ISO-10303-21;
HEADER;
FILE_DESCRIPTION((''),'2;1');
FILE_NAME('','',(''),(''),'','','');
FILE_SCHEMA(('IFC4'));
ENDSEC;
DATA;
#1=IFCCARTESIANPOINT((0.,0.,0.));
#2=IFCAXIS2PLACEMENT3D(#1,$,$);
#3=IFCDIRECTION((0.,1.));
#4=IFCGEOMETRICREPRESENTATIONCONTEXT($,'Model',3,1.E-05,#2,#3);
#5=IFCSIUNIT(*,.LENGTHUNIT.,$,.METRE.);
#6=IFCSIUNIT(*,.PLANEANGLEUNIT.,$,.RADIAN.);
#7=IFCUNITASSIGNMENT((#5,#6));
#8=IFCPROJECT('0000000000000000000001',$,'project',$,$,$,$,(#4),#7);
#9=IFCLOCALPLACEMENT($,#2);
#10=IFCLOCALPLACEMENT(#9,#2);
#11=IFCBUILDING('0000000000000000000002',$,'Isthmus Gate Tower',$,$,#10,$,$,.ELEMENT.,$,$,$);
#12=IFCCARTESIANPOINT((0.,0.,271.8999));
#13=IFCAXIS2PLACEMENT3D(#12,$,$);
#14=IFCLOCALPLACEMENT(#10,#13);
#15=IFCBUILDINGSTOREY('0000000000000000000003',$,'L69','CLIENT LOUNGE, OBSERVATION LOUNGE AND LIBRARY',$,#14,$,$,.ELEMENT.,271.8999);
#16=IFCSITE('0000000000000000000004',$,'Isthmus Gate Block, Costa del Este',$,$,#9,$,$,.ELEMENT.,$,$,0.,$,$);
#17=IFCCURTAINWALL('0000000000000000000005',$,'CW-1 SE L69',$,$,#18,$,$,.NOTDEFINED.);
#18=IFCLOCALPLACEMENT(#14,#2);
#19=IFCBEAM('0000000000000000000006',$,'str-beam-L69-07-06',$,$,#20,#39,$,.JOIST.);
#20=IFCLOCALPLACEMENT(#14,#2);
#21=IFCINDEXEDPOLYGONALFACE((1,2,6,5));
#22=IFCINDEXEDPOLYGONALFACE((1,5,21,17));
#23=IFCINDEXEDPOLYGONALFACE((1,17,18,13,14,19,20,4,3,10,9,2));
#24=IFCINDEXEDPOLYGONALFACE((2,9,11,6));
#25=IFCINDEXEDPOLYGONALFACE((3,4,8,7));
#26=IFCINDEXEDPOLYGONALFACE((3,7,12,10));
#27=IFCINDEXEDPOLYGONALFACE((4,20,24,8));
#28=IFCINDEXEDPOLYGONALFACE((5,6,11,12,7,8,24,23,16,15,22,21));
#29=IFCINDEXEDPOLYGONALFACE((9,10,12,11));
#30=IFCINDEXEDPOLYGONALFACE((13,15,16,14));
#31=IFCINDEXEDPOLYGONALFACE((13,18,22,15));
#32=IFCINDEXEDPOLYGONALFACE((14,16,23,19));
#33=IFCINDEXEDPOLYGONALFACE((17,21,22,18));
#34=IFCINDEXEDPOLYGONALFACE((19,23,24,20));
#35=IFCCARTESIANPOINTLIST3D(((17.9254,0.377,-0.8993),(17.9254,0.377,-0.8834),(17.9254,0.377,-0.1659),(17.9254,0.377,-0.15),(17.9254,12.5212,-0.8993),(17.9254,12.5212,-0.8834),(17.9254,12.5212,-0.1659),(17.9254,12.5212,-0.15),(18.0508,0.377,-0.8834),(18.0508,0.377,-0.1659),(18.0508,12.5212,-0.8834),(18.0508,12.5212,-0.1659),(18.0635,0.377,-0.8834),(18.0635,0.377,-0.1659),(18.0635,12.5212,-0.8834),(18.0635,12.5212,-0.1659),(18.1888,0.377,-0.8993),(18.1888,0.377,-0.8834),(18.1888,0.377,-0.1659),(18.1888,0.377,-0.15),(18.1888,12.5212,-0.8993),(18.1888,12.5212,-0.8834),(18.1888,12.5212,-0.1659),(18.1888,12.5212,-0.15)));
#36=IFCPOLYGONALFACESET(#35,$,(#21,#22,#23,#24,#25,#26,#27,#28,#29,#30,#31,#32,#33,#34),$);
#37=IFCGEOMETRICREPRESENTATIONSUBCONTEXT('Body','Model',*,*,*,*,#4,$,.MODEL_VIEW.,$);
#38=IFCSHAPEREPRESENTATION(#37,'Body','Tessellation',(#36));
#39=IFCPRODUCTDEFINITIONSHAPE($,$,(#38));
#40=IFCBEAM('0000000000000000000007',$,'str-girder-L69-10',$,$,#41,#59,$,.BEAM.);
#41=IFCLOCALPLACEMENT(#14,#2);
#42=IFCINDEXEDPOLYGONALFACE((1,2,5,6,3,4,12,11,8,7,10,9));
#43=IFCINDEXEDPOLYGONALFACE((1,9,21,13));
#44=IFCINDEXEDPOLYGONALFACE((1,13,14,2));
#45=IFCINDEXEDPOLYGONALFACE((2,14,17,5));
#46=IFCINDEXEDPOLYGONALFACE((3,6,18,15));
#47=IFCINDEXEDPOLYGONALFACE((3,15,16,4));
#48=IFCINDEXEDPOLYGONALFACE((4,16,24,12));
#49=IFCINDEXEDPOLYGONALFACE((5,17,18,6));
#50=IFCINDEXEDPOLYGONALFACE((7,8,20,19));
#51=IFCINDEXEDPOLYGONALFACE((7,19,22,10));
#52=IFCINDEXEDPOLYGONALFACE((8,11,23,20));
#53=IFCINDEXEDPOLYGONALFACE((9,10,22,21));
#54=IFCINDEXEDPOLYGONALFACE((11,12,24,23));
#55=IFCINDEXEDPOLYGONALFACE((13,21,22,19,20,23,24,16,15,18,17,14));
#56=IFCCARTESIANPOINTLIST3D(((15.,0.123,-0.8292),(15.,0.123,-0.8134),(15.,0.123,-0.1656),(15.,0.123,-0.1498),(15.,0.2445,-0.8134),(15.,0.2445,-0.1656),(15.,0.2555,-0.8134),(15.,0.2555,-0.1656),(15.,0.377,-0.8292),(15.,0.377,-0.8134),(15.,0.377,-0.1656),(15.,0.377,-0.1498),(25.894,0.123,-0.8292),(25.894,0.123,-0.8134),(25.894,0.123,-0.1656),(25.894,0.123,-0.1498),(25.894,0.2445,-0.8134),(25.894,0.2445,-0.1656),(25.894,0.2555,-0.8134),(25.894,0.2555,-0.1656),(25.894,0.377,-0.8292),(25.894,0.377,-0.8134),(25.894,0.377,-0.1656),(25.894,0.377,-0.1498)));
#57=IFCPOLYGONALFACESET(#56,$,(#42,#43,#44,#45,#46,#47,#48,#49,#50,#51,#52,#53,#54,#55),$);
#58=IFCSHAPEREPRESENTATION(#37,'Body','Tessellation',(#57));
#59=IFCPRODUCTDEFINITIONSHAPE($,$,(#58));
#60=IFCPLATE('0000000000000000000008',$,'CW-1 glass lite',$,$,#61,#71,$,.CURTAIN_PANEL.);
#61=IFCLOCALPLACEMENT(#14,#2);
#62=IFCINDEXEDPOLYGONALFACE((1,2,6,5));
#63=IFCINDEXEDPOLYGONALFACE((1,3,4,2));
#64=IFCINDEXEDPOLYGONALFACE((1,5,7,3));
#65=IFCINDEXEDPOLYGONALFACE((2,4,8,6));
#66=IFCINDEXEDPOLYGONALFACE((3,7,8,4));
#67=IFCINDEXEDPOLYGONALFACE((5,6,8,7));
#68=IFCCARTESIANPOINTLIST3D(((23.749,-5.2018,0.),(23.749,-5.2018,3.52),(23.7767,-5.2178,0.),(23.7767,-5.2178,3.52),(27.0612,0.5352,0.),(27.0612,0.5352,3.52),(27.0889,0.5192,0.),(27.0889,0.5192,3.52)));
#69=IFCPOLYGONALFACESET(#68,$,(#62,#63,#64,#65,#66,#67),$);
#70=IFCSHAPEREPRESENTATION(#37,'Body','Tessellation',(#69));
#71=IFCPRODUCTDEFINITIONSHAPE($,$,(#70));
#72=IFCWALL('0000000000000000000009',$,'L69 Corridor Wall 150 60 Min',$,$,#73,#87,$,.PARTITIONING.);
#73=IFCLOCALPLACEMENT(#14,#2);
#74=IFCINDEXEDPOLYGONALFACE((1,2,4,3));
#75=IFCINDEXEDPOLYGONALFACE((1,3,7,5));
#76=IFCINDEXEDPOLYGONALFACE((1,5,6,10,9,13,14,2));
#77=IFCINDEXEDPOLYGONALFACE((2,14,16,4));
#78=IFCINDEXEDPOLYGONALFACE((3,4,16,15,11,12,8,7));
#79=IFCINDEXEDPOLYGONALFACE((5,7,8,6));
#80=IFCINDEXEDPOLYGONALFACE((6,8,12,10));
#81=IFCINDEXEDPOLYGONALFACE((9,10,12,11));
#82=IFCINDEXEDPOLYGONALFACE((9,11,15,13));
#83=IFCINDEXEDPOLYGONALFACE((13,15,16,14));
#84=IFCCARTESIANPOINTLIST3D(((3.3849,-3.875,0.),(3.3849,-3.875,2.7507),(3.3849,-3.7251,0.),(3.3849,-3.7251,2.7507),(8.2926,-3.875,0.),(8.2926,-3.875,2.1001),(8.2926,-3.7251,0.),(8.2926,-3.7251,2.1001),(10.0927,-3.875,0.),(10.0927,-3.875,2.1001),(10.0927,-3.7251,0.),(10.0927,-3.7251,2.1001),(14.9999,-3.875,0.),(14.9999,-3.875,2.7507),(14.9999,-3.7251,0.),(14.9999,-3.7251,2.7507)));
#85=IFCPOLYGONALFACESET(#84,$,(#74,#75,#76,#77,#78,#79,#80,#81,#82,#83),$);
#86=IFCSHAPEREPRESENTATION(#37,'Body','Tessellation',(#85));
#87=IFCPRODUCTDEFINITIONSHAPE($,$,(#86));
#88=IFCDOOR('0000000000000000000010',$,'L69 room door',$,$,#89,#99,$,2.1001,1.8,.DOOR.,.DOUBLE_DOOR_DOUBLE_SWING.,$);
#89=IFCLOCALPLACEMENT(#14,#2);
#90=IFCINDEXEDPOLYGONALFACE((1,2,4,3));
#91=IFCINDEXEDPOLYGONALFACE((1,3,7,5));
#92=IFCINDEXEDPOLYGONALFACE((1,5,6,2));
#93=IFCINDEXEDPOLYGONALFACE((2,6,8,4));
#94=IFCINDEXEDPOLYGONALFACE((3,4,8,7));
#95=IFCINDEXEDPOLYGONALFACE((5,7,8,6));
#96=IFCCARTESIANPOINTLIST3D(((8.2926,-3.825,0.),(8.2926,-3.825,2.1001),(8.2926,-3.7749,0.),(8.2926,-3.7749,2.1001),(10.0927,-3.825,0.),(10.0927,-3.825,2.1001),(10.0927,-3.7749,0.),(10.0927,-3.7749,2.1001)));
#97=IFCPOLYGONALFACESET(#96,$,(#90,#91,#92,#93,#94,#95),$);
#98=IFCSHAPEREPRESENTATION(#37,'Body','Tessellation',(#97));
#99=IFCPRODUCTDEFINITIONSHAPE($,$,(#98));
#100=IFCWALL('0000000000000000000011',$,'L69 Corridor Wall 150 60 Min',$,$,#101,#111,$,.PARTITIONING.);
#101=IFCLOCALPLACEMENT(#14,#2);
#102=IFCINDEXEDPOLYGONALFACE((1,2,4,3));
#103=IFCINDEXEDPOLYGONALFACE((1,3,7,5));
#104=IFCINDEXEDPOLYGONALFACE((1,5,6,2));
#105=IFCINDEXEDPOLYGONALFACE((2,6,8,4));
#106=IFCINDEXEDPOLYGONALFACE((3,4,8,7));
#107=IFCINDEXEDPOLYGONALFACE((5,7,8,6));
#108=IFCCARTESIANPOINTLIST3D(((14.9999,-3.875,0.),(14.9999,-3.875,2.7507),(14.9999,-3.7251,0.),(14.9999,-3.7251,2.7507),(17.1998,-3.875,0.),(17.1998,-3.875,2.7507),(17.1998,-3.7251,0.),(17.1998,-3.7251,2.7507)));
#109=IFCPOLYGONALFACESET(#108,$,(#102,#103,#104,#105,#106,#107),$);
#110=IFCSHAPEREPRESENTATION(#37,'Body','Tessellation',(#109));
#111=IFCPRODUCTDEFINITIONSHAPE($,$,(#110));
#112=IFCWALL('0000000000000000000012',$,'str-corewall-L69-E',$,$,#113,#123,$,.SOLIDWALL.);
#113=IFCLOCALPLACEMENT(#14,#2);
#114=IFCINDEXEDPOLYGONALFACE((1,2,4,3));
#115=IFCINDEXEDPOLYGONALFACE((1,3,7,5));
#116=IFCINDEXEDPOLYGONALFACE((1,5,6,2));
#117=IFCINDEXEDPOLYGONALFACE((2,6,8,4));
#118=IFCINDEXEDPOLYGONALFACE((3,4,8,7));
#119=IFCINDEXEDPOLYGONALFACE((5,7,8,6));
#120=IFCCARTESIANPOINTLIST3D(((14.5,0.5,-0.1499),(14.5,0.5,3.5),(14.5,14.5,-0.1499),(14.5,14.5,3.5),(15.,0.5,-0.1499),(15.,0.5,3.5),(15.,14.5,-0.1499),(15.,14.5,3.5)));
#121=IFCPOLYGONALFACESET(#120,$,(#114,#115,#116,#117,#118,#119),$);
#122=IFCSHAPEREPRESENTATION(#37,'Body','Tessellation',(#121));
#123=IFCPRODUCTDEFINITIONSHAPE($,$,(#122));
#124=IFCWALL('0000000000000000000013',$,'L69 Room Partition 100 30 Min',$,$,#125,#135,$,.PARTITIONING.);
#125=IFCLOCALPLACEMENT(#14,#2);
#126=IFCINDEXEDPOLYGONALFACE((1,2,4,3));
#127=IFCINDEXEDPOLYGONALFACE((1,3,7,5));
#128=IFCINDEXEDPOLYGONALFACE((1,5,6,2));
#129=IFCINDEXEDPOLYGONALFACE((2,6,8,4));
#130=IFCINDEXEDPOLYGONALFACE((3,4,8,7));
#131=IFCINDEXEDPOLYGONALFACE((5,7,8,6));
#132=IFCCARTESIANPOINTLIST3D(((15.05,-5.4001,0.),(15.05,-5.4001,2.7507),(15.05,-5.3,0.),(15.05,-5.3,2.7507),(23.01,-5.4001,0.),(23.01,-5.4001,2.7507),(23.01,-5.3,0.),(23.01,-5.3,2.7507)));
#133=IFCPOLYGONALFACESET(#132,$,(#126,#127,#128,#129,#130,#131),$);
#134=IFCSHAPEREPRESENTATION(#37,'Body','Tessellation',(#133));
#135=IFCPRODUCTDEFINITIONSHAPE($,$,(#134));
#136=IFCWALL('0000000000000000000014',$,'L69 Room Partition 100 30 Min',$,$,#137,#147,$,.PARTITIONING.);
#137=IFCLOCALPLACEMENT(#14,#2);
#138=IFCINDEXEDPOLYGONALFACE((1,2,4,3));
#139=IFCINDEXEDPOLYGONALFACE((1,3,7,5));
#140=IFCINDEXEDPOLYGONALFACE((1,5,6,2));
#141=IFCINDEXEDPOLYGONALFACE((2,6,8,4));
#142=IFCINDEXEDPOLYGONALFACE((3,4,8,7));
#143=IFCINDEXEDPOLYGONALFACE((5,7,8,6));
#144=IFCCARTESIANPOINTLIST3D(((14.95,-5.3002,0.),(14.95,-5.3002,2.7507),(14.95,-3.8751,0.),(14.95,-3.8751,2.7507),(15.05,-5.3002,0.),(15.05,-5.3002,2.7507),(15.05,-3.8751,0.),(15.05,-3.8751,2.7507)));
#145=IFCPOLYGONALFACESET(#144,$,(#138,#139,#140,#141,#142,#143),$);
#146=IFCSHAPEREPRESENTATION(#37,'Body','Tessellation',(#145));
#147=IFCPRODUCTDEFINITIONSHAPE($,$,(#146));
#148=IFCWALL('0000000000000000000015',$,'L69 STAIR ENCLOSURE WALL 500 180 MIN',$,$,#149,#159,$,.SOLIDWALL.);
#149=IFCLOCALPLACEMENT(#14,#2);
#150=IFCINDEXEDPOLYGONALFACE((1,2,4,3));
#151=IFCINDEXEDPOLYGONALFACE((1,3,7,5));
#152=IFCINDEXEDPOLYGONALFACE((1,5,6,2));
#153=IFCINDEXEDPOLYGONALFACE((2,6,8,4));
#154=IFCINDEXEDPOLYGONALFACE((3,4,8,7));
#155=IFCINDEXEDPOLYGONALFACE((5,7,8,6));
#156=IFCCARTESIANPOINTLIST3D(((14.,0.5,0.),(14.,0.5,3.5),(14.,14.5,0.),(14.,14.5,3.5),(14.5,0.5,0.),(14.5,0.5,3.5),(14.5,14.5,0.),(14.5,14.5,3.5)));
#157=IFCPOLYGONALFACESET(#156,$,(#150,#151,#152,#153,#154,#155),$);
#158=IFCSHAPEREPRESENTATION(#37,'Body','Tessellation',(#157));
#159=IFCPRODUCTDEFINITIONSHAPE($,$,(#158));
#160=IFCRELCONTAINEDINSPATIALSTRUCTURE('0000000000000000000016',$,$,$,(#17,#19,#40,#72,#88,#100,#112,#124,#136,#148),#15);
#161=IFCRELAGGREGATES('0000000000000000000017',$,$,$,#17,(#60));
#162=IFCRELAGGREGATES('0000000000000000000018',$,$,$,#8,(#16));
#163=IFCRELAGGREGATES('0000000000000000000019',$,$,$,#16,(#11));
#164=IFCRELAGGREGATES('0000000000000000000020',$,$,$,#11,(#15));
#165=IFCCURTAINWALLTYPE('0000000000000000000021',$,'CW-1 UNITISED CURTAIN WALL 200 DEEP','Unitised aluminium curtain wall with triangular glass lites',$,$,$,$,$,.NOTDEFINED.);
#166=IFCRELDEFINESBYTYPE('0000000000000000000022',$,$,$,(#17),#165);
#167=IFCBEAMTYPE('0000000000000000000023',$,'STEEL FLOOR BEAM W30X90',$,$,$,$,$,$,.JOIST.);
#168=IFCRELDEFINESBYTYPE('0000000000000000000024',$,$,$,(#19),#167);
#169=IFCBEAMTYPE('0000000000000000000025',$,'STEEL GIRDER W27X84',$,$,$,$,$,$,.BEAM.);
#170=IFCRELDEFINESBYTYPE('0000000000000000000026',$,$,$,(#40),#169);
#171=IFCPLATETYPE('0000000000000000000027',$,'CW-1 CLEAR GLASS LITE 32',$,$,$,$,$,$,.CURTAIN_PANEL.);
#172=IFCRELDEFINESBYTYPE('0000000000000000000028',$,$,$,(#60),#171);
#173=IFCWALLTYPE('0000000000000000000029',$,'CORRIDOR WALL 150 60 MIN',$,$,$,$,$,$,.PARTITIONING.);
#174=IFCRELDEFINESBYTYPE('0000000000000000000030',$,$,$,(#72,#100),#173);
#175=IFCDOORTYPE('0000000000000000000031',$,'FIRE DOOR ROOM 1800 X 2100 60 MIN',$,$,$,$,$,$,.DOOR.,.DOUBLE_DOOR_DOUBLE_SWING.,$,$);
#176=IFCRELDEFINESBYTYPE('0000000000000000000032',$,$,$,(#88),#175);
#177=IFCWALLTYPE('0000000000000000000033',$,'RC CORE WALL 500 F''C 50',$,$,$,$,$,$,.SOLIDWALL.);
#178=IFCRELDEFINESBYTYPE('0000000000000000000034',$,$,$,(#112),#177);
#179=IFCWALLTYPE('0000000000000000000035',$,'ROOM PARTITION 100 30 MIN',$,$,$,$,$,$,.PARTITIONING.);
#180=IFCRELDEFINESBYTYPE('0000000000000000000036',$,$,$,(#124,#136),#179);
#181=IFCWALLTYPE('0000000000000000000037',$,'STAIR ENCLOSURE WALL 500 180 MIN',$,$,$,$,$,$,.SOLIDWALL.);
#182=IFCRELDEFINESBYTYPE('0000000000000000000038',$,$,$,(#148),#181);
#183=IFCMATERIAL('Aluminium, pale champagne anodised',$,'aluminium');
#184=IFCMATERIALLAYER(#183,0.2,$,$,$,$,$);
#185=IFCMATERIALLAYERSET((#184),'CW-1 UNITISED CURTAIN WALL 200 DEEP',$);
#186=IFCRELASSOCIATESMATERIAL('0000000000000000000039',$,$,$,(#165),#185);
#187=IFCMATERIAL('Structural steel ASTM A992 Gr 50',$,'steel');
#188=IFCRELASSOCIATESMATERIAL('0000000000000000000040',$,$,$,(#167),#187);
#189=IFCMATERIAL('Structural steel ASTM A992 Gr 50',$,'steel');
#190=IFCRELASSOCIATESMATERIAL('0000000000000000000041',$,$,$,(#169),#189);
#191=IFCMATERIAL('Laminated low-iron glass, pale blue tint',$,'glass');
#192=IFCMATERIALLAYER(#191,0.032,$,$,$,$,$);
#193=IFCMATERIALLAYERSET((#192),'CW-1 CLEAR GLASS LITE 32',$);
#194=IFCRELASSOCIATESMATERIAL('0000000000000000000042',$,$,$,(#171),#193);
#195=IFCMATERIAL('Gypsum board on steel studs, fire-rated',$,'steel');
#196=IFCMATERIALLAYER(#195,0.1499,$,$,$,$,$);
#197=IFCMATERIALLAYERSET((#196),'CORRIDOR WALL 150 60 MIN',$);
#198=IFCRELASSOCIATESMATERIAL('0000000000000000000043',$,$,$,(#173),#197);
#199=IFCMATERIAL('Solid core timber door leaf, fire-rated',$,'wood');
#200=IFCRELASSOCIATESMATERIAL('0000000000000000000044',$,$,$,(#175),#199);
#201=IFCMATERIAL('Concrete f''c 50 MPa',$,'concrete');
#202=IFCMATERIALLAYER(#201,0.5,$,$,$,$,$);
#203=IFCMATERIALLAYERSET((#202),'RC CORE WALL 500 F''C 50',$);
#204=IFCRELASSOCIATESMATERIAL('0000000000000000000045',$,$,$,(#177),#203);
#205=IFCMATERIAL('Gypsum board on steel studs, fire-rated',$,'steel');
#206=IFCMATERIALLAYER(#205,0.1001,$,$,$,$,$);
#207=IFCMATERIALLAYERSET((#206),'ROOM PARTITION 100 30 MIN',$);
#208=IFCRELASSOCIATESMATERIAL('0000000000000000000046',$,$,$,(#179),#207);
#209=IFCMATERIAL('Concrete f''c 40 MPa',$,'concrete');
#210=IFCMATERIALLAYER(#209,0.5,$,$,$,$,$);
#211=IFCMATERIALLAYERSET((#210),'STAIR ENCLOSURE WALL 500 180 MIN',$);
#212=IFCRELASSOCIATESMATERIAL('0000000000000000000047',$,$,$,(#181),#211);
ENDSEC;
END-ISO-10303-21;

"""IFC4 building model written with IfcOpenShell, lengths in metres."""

from ifc_helpers import new_model, si_unit, direction, frame, frame_2d, origin, origin_2d, place, context, subcontext, project, spatial, rectangle, i_section, extrude, material, layer, layer_set, material_profile, profile_set, type_object, element, fill, aggregate, save


model = new_model("IFC4")

# Units and contexts
model_context = context("Model", 3, precision=1e-05, world=origin(), true_north=direction((0.0, 1.0)))
body_context = subcontext(model_context, "Body", "Model", "MODEL_VIEW")
ifc_project = project(units=[si_unit("LENGTHUNIT", "METRE"), si_unit("PLANEANGLEUNIT", "RADIAN")], contexts=[model_context])

# Site, building, storey
site_placement = place(None, origin())
site = spatial("IfcSite", under=ifc_project, at=site_placement, Name="Isthmus Gate Block, Costa del Este", CompositionType="ELEMENT", RefElevation=0.0)
building_placement = place(site_placement, origin())
building = spatial("IfcBuilding", under=site, at=building_placement, Name="Isthmus Gate Tower", CompositionType="ELEMENT")
storey_placement = place(building_placement, frame((0.0, 0.0, 271.8999)))
storey = spatial("IfcBuildingStorey", under=building, at=storey_placement, Name="L69", Description="CLIENT LOUNGE, OBSERVATION LOUNGE AND LIBRARY", CompositionType="ELEMENT", Elevation=271.8999)

# Curtain wall
ifc_material_1 = material(Name="Aluminium, pale champagne anodised", Category="aluminium")
ifc_layer_1 = layer(ifc_material_1, 0.2)
ifc_layer_set_1 = layer_set([ifc_layer_1], Name="CW-1 UNITISED CURTAIN WALL 200 DEEP")
curtain_wall_type = type_object("IfcCurtainWallType", Name="CW-1 UNITISED CURTAIN WALL 200 DEEP", Description="Unitised aluminium curtain wall with triangular glass lites", PredefinedType="NOTDEFINED", material=ifc_layer_set_1)
curtain_wall_1_placement = place(storey_placement, origin())
curtain_wall_1 = element("IfcCurtainWall", 1, at=curtain_wall_1_placement, inside=storey, type_object=curtain_wall_type, Name="CW-1 SE L69", PredefinedType="NOTDEFINED")

# Beams
ifc_material_2 = material(Name="Structural steel ASTM A992 Gr 50", Category="steel")
ifc_material_profile_1 = material_profile(ifc_material_2, i_section(OverallWidth=0.2634, OverallDepth=0.7493, WebThickness=0.0127, FlangeThickness=0.0159, at=origin_2d()), Name="W30X90")
ifc_profile_set_1 = profile_set([ifc_material_profile_1], Name="Structural steel ASTM A992 Gr 50")
beam_type_1 = type_object("IfcBeamType", Name="STEEL FLOOR BEAM W30X90", PredefinedType="JOIST", material=ifc_profile_set_1)
beam_1_placement = place(storey_placement, frame((18.0571, 0.377, -0.5247), z_axis=(0.0, 1.0, 0.0), x_axis=(-1.0, 0.0, 0.0)))
element("IfcBeam", 2, at=beam_1_placement, inside=storey, type_object=beam_type_1, Name="str-beam-L69-07-06", PredefinedType="JOIST", context=body_context, shape_type="SweptSolid", body=[
    extrude(i_section(OverallWidth=0.2634, OverallDepth=0.7493, WebThickness=0.0127, FlangeThickness=0.0159, at=origin_2d()), origin(), (0.0, 0.0, 1.0), 12.1443),
])
ifc_material_3 = material(Name="Structural steel ASTM A992 Gr 50", Category="steel")
ifc_material_profile_2 = material_profile(ifc_material_3, i_section(OverallWidth=0.2539, OverallDepth=0.6794, WebThickness=0.011, FlangeThickness=0.0159, at=origin_2d()), Name="W27X84")
ifc_profile_set_2 = profile_set([ifc_material_profile_2], Name="Structural steel ASTM A992 Gr 50")
beam_type_2 = type_object("IfcBeamType", Name="STEEL GIRDER W27X84", PredefinedType="BEAM", material=ifc_profile_set_2)
beam_2_placement = place(storey_placement, frame((15.0, 0.25, -0.4895), z_axis=(1.0, 0.0, 0.0), x_axis=(0.0, 1.0, 0.0)))
element("IfcBeam", 3, at=beam_2_placement, inside=storey, type_object=beam_type_2, Name="str-girder-L69-10", PredefinedType="BEAM", context=body_context, shape_type="SweptSolid", body=[
    extrude(i_section(OverallWidth=0.2539, OverallDepth=0.6794, WebThickness=0.011, FlangeThickness=0.0159, at=origin_2d()), origin(), (0.0, 0.0, 1.0), 10.894),
])

# Plate
ifc_material_4 = material(Name="Laminated low-iron glass, pale blue tint", Category="glass")
ifc_layer_2 = layer(ifc_material_4, 0.032)
ifc_layer_set_2 = layer_set([ifc_layer_2], Name="CW-1 CLEAR GLASS LITE 32")
plate_type = type_object("IfcPlateType", Name="CW-1 CLEAR GLASS LITE 32", PredefinedType="CURTAIN_PANEL", material=ifc_layer_set_2)
plate_placement = place(storey_placement, frame((25.4189, -2.3413, 0.0), z_axis=(0.0, 0.0, 1.0), x_axis=(0.5, 0.866025, 0.0)))
plate = element("IfcPlate", 4, at=plate_placement, type_object=plate_type, Name="CW-1 glass lite", PredefinedType="CURTAIN_PANEL", context=body_context, shape_type="SweptSolid", body=[
    extrude(rectangle(XDim=6.6245, YDim=0.032, at=origin_2d()), origin(), (0.0, 0.0, 1.0), 3.52),
])
aggregate(curtain_wall_1, [plate])

# Wall, opening, door
ifc_material_5 = material(Name="Gypsum board on steel studs, fire-rated", Category="steel")
ifc_layer_3 = layer(ifc_material_5, 0.1499)
ifc_layer_set_3 = layer_set([ifc_layer_3], Name="CORRIDOR WALL 150 60 MIN")
wall_type_1 = type_object("IfcWallType", Name="CORRIDOR WALL 150 60 MIN", PredefinedType="PARTITIONING", material=ifc_layer_set_3)
wall_1_placement = place(storey_placement, frame((15.0, -3.8, 0.0), z_axis=(0.0, 0.0, 1.0), x_axis=(-1.0, 0.0, 0.0)))
wall_1 = element("IfcWall", 5, at=wall_1_placement, inside=storey, type_object=wall_type_1, Name="L69 Corridor Wall 150 60 Min", PredefinedType="PARTITIONING", context=body_context, shape_type="SweptSolid", body=[
    extrude(rectangle(XDim=11.615, YDim=0.1499, at=frame_2d((5.8076, 0.0))), origin(), (0.0, 0.0, 1.0), 2.7507),
])
opening_placement = place(wall_1_placement, frame((4.9075, 0.0, 0.0)))
opening = element("IfcOpeningElement", 6, at=opening_placement, cuts=wall_1, PredefinedType="OPENING", context=body_context, shape_type="SweptSolid", body=[
    extrude(rectangle(XDim=1.8, YDim=2.1001, at=frame_2d((0.8999, 1.05))), frame((0.0, 0.085, 0.0), z_axis=(0.0, -1.0, 0.0), x_axis=(1.0, 0.0, 0.0)), (0.0, 0.0, 1.0), 0.1699),
])
ifc_material_6 = material(Name="Solid core timber door leaf, fire-rated", Category="wood")
door_type = type_object("IfcDoorType", Name="FIRE DOOR ROOM 1800 X 2100 60 MIN", OperationType="DOUBLE_DOOR_DOUBLE_SWING", PredefinedType="DOOR", material=ifc_material_6)
door_placement = place(opening_placement, origin())
door = element("IfcDoor", 7, at=door_placement, inside=storey, type_object=door_type, Name="L69 room door", OperationType="DOUBLE_DOOR_DOUBLE_SWING", OverallHeight=2.1001, OverallWidth=1.8, PredefinedType="DOOR", context=body_context, shape_type="SweptSolid", body=[
    extrude(rectangle(XDim=1.8, YDim=2.1001, at=frame_2d((0.8999, 1.05))), frame((0.0, 0.0249, 0.0), z_axis=(0.0, -1.0, 0.0), x_axis=(1.0, 0.0, 0.0)), (0.0, 0.0, 1.0), 0.05),
])
fill(opening, door)

# Walls
wall_2_placement = place(storey_placement, frame((17.2, -3.8, 0.0), z_axis=(0.0, 0.0, 1.0), x_axis=(-1.0, 0.0, 0.0)))
element("IfcWall", 8, at=wall_2_placement, inside=storey, type_object=wall_type_1, Name="L69 Corridor Wall 150 60 Min", PredefinedType="PARTITIONING", context=body_context, shape_type="SweptSolid", body=[
    extrude(rectangle(XDim=2.2, YDim=0.1499, at=frame_2d((1.1001, 0.0))), origin(), (0.0, 0.0, 1.0), 2.7507),
])
ifc_material_7 = material(Name="Concrete f'c 50 MPa", Category="concrete")
ifc_layer_4 = layer(ifc_material_7, 0.5)
ifc_layer_set_4 = layer_set([ifc_layer_4], Name="RC CORE WALL 500 F'C 50")
wall_type_2 = type_object("IfcWallType", Name="RC CORE WALL 500 F'C 50", PredefinedType="SOLIDWALL", material=ifc_layer_set_4)
wall_3_placement = place(storey_placement, frame((14.75, 0.5, -0.1499), z_axis=(0.0, 0.0, 1.0), x_axis=(0.0, 1.0, 0.0)))
element("IfcWall", 9, at=wall_3_placement, inside=storey, type_object=wall_type_2, Name="str-corewall-L69-E", PredefinedType="SOLIDWALL", context=body_context, shape_type="SweptSolid", body=[
    extrude(rectangle(XDim=14.0, YDim=0.5, at=frame_2d((7.0, 0.0))), origin(), (0.0, 0.0, 1.0), 3.6499),
])
ifc_material_8 = material(Name="Gypsum board on steel studs, fire-rated", Category="steel")
ifc_layer_5 = layer(ifc_material_8, 0.1001)
ifc_layer_set_5 = layer_set([ifc_layer_5], Name="ROOM PARTITION 100 30 MIN")
wall_type_3 = type_object("IfcWallType", Name="ROOM PARTITION 100 30 MIN", PredefinedType="PARTITIONING", material=ifc_layer_set_5)
wall_4_placement = place(storey_placement, frame((15.05, -5.3501, 0.0), z_axis=(0.0, 0.0, 1.0), x_axis=(1.0, 0.0, 0.0)))
element("IfcWall", 10, at=wall_4_placement, inside=storey, type_object=wall_type_3, Name="L69 Room Partition 100 30 Min", PredefinedType="PARTITIONING", context=body_context, shape_type="SweptSolid", body=[
    extrude(rectangle(XDim=7.96, YDim=0.1001, at=frame_2d((3.98, 0.0))), origin(), (0.0, 0.0, 1.0), 2.7507),
])
wall_5_placement = place(storey_placement, frame((15.0, -5.3, 0.0), z_axis=(0.0, 0.0, 1.0), x_axis=(0.0, 1.0, 0.0)))
element("IfcWall", 11, at=wall_5_placement, inside=storey, type_object=wall_type_3, Name="L69 Room Partition 100 30 Min", PredefinedType="PARTITIONING", context=body_context, shape_type="SweptSolid", body=[
    extrude(rectangle(XDim=1.425, YDim=0.1001, at=frame_2d((0.7124, 0.0))), origin(), (0.0, 0.0, 1.0), 2.7507),
])
ifc_material_9 = material(Name="Concrete f'c 40 MPa", Category="concrete")
ifc_layer_6 = layer(ifc_material_9, 0.5)
ifc_layer_set_6 = layer_set([ifc_layer_6], Name="STAIR ENCLOSURE WALL 500 180 MIN")
wall_type_4 = type_object("IfcWallType", Name="STAIR ENCLOSURE WALL 500 180 MIN", PredefinedType="SOLIDWALL", material=ifc_layer_set_6)
wall_6_placement = place(storey_placement, frame((14.25, 0.5, 0.0), z_axis=(0.0, 0.0, 1.0), x_axis=(0.0, 1.0, 0.0)))
element("IfcWall", 12, at=wall_6_placement, inside=storey, type_object=wall_type_4, Name="L69 STAIR ENCLOSURE WALL 500 180 MIN", PredefinedType="SOLIDWALL", context=body_context, shape_type="SweptSolid", body=[
    extrude(rectangle(XDim=14.0, YDim=0.5, at=frame_2d((7.0, 0.0))), origin(), (0.0, 0.0, 1.0), 3.5),
])

save(model, "model.ifc")
